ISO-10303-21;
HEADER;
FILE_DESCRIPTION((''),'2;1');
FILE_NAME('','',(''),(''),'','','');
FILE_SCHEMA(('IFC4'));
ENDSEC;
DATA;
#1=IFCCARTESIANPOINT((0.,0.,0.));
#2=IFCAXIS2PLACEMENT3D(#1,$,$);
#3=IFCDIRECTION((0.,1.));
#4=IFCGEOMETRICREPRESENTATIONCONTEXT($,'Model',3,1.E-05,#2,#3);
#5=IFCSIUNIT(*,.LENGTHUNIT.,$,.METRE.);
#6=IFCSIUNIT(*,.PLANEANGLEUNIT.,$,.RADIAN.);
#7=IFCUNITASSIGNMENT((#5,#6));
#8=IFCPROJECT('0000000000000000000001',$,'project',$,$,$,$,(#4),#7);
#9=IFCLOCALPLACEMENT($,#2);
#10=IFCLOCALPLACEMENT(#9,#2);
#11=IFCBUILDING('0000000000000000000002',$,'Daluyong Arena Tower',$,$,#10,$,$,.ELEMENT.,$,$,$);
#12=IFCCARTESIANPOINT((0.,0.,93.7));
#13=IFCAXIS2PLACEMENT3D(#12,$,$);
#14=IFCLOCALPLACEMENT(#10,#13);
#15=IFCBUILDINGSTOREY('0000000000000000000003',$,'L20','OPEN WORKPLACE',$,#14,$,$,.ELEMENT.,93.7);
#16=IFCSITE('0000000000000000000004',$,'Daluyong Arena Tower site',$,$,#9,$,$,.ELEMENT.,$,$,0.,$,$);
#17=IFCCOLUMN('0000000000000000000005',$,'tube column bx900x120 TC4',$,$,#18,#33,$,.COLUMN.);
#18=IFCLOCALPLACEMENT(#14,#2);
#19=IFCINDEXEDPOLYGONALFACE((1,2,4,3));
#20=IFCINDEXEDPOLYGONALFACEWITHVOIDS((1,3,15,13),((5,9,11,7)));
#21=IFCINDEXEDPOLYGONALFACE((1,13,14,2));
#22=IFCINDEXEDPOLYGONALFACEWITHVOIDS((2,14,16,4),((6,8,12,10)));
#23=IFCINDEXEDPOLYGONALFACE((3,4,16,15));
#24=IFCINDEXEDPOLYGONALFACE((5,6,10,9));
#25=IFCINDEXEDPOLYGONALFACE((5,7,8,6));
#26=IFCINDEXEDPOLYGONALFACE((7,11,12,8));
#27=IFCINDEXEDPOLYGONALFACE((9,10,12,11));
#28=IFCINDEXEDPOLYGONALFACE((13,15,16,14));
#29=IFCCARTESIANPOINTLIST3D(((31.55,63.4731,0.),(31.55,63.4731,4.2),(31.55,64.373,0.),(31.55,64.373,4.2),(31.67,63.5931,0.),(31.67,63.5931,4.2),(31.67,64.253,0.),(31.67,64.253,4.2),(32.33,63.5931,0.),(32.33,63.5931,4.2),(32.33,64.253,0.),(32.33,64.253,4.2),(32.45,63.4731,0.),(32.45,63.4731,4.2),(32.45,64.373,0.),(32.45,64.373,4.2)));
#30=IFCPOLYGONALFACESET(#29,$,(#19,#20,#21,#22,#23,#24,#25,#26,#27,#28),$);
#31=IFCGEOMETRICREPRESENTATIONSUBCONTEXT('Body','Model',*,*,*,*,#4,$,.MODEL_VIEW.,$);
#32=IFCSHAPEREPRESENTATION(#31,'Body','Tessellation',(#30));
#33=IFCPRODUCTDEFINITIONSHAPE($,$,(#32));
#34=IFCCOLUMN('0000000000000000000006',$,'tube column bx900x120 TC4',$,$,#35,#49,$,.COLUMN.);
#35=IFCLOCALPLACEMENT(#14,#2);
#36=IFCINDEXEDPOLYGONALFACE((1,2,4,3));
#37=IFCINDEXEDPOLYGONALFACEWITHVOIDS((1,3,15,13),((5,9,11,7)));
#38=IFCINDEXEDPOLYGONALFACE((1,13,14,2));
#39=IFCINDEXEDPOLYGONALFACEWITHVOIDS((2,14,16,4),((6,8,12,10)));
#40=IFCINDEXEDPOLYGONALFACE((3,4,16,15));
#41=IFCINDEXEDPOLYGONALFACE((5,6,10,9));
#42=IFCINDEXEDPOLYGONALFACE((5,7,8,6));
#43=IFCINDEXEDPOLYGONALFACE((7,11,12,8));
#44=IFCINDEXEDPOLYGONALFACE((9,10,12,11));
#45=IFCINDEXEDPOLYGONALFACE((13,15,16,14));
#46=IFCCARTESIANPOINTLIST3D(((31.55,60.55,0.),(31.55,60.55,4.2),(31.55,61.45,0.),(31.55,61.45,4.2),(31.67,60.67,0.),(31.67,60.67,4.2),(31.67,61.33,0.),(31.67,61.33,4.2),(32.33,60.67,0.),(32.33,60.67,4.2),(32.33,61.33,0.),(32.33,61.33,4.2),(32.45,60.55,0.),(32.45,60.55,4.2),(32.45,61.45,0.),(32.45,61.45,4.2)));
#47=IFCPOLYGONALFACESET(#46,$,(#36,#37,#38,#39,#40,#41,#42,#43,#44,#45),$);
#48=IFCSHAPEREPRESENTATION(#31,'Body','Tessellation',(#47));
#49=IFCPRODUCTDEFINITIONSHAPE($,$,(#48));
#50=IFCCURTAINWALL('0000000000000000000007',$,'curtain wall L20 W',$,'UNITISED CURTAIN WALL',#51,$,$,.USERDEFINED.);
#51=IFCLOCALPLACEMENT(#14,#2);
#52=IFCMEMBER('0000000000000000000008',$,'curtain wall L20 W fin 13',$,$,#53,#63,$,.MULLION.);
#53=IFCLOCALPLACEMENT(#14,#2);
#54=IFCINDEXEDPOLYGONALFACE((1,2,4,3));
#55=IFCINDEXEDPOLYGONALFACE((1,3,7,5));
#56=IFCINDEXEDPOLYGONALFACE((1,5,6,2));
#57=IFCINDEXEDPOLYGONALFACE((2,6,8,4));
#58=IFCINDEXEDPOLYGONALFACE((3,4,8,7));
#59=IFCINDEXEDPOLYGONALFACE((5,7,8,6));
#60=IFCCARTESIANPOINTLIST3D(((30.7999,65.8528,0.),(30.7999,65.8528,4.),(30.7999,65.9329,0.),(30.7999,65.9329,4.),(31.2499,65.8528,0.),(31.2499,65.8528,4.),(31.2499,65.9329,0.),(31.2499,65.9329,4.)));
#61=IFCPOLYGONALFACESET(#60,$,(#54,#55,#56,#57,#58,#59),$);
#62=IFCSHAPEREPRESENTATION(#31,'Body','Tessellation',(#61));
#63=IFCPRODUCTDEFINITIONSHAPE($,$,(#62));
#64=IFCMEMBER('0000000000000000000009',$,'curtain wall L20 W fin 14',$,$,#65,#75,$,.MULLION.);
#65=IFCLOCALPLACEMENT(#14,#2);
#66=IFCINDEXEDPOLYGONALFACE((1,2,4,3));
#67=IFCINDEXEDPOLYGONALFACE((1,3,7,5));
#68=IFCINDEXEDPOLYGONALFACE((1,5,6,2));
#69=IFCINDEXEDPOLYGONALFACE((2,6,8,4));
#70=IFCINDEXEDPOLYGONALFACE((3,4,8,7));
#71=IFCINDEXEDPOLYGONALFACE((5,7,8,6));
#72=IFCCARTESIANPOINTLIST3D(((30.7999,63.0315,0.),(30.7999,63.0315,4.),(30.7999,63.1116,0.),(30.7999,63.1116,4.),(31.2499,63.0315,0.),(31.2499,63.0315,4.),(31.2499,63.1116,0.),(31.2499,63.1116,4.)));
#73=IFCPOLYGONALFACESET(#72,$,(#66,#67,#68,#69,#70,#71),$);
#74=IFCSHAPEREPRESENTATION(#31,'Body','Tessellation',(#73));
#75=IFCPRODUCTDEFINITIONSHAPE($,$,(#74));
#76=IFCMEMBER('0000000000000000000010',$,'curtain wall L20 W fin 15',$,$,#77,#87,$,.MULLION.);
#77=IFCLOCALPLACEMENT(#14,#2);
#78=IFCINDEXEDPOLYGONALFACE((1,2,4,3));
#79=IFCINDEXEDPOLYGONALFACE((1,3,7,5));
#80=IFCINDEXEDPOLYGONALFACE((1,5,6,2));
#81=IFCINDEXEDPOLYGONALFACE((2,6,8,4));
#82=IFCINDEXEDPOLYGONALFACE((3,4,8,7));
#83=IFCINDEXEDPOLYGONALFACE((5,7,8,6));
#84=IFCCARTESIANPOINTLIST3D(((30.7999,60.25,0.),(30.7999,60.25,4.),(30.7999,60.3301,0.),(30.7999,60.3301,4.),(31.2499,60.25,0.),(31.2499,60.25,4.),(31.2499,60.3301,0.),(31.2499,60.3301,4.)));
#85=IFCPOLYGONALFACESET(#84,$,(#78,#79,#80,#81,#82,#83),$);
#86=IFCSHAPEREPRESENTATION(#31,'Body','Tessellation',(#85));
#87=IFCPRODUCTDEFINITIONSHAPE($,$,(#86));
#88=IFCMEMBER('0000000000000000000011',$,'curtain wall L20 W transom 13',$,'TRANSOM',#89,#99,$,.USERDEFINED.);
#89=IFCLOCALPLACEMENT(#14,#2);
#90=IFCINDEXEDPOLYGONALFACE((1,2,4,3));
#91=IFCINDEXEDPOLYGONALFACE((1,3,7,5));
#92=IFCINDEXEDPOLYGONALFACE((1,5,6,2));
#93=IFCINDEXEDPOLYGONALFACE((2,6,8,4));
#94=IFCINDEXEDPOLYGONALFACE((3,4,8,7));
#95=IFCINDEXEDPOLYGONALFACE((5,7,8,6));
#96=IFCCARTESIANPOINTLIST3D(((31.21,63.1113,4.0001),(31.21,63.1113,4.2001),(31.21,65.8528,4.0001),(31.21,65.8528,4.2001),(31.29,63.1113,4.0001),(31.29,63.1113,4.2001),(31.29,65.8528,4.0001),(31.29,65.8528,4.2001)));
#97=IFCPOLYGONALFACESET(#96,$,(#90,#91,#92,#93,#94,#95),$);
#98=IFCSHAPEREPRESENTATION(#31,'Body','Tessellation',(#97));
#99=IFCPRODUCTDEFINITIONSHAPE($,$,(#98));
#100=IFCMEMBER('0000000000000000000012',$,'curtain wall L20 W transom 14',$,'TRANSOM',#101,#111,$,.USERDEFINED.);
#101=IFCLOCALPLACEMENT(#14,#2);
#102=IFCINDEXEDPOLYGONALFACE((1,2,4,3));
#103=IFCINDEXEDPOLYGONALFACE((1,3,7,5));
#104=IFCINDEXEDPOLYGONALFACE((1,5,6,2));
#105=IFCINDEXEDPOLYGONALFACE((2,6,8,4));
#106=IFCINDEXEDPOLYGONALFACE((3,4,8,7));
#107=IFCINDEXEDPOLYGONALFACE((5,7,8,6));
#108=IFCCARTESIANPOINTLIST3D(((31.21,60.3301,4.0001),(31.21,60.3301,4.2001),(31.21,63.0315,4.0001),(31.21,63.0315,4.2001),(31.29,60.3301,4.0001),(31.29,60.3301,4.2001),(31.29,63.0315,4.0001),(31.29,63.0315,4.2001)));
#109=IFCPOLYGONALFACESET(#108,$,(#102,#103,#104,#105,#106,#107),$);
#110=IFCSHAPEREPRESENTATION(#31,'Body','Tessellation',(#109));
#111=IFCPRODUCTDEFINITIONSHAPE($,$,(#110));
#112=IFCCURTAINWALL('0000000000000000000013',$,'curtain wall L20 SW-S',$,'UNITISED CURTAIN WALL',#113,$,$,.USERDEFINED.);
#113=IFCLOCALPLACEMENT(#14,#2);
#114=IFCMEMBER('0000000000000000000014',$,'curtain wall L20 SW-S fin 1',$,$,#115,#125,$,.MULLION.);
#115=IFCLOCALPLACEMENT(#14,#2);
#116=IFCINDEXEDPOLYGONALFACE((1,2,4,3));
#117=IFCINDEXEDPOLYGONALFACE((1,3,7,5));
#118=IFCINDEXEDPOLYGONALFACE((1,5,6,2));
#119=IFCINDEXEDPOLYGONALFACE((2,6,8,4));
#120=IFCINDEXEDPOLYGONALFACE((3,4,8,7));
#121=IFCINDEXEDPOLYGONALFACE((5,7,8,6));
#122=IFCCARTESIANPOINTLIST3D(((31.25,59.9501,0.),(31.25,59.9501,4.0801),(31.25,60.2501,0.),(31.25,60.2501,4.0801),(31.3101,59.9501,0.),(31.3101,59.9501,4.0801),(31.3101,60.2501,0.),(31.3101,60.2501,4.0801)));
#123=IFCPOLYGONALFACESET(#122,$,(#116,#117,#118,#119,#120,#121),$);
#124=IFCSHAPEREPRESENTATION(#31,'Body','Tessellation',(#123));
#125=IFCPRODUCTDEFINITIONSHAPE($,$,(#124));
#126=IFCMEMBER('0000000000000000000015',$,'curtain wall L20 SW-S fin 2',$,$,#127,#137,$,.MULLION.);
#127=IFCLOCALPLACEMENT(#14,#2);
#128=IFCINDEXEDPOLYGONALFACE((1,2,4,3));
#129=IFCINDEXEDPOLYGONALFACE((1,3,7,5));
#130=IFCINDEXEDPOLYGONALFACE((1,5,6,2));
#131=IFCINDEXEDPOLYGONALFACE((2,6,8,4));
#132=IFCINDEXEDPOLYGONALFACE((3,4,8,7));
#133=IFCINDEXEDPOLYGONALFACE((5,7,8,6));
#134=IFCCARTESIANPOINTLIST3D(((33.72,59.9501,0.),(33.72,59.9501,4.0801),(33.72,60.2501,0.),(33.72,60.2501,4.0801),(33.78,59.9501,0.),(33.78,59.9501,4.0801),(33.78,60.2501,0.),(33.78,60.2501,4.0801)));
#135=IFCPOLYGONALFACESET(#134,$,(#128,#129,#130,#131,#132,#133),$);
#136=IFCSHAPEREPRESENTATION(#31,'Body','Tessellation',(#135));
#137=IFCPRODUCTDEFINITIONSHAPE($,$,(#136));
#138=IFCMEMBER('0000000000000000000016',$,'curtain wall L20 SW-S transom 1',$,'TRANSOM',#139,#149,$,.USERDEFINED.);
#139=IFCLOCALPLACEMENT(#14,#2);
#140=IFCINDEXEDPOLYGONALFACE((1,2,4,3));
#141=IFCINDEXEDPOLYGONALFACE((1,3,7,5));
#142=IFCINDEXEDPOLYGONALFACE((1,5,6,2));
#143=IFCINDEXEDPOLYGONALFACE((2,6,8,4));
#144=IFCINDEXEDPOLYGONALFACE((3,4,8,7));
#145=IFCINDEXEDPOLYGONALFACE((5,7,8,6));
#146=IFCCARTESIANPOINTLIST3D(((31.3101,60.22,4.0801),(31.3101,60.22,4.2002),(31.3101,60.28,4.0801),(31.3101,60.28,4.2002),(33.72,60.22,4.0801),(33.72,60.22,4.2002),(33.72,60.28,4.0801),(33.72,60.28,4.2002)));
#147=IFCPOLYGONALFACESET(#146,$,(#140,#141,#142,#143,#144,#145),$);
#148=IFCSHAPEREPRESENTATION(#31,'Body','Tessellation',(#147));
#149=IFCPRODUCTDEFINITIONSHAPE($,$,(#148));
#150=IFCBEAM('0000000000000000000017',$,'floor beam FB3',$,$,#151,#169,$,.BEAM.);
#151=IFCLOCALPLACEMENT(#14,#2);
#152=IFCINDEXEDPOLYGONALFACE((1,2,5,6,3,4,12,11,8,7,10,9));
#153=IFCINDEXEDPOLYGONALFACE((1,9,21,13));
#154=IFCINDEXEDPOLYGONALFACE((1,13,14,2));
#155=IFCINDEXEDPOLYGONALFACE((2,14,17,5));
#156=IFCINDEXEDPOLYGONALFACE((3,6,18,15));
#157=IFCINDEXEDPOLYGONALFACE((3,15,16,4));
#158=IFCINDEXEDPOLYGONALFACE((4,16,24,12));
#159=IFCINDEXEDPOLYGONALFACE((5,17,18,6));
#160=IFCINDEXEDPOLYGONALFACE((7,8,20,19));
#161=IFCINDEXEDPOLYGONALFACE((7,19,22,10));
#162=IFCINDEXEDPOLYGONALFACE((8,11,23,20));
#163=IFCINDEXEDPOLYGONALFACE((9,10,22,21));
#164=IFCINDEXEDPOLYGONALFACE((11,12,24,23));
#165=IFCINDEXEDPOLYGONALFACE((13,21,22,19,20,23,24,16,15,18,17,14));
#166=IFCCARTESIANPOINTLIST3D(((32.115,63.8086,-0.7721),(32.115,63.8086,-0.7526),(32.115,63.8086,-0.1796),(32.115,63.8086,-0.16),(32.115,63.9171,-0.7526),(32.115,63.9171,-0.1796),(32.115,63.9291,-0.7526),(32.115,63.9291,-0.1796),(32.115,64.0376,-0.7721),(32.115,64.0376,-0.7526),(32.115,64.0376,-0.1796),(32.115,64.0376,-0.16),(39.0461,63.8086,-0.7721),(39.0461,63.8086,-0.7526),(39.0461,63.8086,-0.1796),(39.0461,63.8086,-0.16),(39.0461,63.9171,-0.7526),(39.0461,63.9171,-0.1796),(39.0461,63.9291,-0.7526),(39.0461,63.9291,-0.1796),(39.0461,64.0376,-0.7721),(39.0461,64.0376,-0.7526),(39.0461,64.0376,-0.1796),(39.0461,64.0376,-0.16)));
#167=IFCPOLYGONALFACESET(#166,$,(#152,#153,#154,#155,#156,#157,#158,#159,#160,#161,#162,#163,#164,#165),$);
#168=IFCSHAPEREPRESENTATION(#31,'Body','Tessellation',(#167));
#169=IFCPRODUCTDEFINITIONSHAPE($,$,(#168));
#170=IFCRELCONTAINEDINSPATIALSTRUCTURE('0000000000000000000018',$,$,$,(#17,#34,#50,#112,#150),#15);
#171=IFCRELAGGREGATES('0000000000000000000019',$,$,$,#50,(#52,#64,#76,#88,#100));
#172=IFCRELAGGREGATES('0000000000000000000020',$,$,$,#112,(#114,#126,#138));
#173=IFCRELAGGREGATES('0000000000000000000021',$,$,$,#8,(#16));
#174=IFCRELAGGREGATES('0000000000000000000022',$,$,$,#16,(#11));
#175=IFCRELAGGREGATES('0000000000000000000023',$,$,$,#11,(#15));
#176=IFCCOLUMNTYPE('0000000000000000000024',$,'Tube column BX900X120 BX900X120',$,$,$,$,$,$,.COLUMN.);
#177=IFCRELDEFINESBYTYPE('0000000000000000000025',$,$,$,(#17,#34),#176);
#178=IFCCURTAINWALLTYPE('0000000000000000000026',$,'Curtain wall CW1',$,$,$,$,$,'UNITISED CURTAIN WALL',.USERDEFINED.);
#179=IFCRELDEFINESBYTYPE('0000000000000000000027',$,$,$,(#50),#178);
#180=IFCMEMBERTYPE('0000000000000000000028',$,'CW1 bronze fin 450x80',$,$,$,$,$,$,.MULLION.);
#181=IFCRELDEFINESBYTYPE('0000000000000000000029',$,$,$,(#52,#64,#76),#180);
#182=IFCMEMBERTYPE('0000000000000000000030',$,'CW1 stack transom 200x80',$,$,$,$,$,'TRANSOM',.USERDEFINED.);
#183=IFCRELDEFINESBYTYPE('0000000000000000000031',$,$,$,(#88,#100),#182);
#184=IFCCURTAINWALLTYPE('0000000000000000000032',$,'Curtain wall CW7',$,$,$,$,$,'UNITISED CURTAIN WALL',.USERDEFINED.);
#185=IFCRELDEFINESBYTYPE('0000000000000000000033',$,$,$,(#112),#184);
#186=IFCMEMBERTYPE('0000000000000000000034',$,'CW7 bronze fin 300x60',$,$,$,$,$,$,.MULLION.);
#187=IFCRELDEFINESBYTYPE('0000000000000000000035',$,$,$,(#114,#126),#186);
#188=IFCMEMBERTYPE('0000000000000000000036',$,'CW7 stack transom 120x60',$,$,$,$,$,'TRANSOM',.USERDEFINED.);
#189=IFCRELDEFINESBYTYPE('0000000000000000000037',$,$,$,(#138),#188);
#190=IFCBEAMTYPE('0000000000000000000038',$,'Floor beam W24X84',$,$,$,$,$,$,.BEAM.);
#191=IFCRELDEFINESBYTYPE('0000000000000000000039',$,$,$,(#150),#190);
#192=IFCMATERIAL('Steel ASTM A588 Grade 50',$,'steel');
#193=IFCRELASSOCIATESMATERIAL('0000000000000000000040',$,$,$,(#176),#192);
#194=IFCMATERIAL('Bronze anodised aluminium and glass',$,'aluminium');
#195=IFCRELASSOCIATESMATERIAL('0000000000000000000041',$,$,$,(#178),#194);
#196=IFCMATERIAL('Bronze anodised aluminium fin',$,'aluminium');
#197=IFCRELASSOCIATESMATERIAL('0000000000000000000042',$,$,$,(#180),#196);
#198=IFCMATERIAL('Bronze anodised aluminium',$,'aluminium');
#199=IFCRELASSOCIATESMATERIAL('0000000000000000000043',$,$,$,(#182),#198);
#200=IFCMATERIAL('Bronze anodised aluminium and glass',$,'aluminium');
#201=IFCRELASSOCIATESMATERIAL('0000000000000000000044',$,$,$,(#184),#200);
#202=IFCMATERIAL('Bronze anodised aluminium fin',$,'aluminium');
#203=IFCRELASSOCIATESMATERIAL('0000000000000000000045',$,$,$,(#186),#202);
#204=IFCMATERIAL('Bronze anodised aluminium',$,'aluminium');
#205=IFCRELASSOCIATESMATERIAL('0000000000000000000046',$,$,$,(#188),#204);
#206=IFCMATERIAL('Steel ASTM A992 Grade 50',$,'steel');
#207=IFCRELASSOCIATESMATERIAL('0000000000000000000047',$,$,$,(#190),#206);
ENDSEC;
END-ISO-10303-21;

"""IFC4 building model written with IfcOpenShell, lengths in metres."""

from ifc_helpers import new_model, si_unit, direction, frame, origin, origin_2d, place, context, subcontext, project, spatial, rectangle, hollow_rectangle, i_section, extrude, material, material_profile, profile_set, type_object, element, aggregate, save


model = new_model("IFC4")

# Units and contexts
model_context = context("Model", 3, precision=1e-05, world=origin(), true_north=direction((0.0, 1.0)))
body_context = subcontext(model_context, "Body", "Model", "MODEL_VIEW")
ifc_project = project(units=[si_unit("LENGTHUNIT", "METRE"), si_unit("PLANEANGLEUNIT", "RADIAN")], contexts=[model_context])

# Site, building, storey
site_placement = place(None, origin())
site = spatial("IfcSite", under=ifc_project, at=site_placement, Name="Daluyong Arena Tower site", CompositionType="ELEMENT", RefElevation=0.0)
building_placement = place(site_placement, origin())
building = spatial("IfcBuilding", under=site, at=building_placement, Name="Daluyong Arena Tower", CompositionType="ELEMENT")
storey_placement = place(building_placement, frame((0.0, 0.0, 93.7)))
storey = spatial("IfcBuildingStorey", under=building, at=storey_placement, Name="L20", Description="OPEN WORKPLACE", CompositionType="ELEMENT", Elevation=93.7)

# Columns
ifc_material_1 = material(Name="Steel ASTM A588 Grade 50", Category="steel")
ifc_material_profile_1 = material_profile(ifc_material_1, hollow_rectangle(XDim=0.8999, YDim=0.8999, WallThickness=0.12, at=origin_2d()))
ifc_profile_set_1 = profile_set([ifc_material_profile_1], Name="Steel ASTM A588 Grade 50")
column_type = type_object("IfcColumnType", Name="Tube column BX900X120 BX900X120", PredefinedType="COLUMN", material=ifc_profile_set_1)
for number, where, z_axis, x_axis, name in (
    (1, (32.0, 63.9231, 0.0), (0.0, 0.0, 1.0), (0.0, 1.0, 0.0), "tube column bx900x120 TC4"),
    (2, (32.0, 61.0, 0.0), (0.0, 0.0, 1.0), (1.0, 0.0, 0.0), "tube column bx900x120 TC4"),
):
    element("IfcColumn", number, at=place(storey_placement, frame(where, z_axis=z_axis, x_axis=x_axis)), inside=storey, type_object=column_type, Name=name, PredefinedType="COLUMN", context=body_context, shape_type="SweptSolid", body=[
        extrude(hollow_rectangle(XDim=0.8999, YDim=0.8999, WallThickness=0.12, at=origin_2d()), origin(), (0.0, 0.0, 1.0), 4.2),
    ])

# Curtain walls, members
ifc_material_2 = material(Name="Bronze anodised aluminium and glass", Category="aluminium")
curtain_wall_type_1 = type_object("IfcCurtainWallType", Name="Curtain wall CW1", ElementType="UNITISED CURTAIN WALL", PredefinedType="USERDEFINED", material=ifc_material_2)
curtain_wall_1_placement = place(storey_placement, origin())
curtain_wall_1 = element("IfcCurtainWall", 3, at=curtain_wall_1_placement, inside=storey, type_object=curtain_wall_type_1, Name="curtain wall L20 W", ObjectType="UNITISED CURTAIN WALL", PredefinedType="USERDEFINED")
ifc_material_3 = material(Name="Bronze anodised aluminium fin", Category="aluminium")
ifc_material_profile_2 = material_profile(ifc_material_3, rectangle(XDim=0.45, YDim=0.0801, at=origin_2d()))
ifc_profile_set_2 = profile_set([ifc_material_profile_2], Name="Bronze anodised aluminium fin")
member_type_1 = type_object("IfcMemberType", Name="CW1 bronze fin 450x80", PredefinedType="MULLION", material=ifc_profile_set_2)
member_1_placement = place(storey_placement, frame((31.0249, 65.8928, 0.0), z_axis=(0.0, 0.0, 1.0), x_axis=(1.0, 0.0, 0.0)))
member_1 = element("IfcMember", 4, at=member_1_placement, type_object=member_type_1, Name="curtain wall L20 W fin 13", PredefinedType="MULLION", context=body_context, shape_type="SweptSolid", body=[
    extrude(rectangle(XDim=0.45, YDim=0.0801, at=origin_2d()), origin(), (0.0, 0.0, 1.0), 4.0),
])
member_2_placement = place(storey_placement, frame((31.0249, 63.0715, 0.0), z_axis=(0.0, 0.0, 1.0), x_axis=(1.0, 0.0, 0.0)))
member_2 = element("IfcMember", 5, at=member_2_placement, type_object=member_type_1, Name="curtain wall L20 W fin 14", PredefinedType="MULLION", context=body_context, shape_type="SweptSolid", body=[
    extrude(rectangle(XDim=0.45, YDim=0.0801, at=origin_2d()), origin(), (0.0, 0.0, 1.0), 4.0),
])
member_3_placement = place(storey_placement, frame((31.0249, 60.29, 0.0), z_axis=(0.0, 0.0, 1.0), x_axis=(1.0, 0.0, 0.0)))
member_3 = element("IfcMember", 6, at=member_3_placement, type_object=member_type_1, Name="curtain wall L20 W fin 15", PredefinedType="MULLION", context=body_context, shape_type="SweptSolid", body=[
    extrude(rectangle(XDim=0.45, YDim=0.0801, at=origin_2d()), origin(), (0.0, 0.0, 1.0), 4.0),
])
ifc_material_4 = material(Name="Bronze anodised aluminium", Category="aluminium")
ifc_material_profile_3 = material_profile(ifc_material_4, rectangle(XDim=0.0801, YDim=0.2, at=origin_2d()))
ifc_profile_set_3 = profile_set([ifc_material_profile_3], Name="Bronze anodised aluminium")
member_type_2 = type_object("IfcMemberType", Name="CW1 stack transom 200x80", ElementType="TRANSOM", PredefinedType="USERDEFINED", material=ifc_profile_set_3)
member_4_placement = place(storey_placement, frame((31.25, 65.8528, 4.1001), z_axis=(0.0, -1.0, 0.0), x_axis=(1.0, 0.0, 0.0)))
member_4 = element("IfcMember", 7, at=member_4_placement, type_object=member_type_2, Name="curtain wall L20 W transom 13", ObjectType="TRANSOM", PredefinedType="USERDEFINED", context=body_context, shape_type="SweptSolid", body=[
    extrude(rectangle(XDim=0.0801, YDim=0.2, at=origin_2d()), origin(), (0.0, 0.0, 1.0), 2.7415),
])
member_5_placement = place(storey_placement, frame((31.25, 63.0315, 4.1001), z_axis=(0.0, -1.0, 0.0), x_axis=(1.0, 0.0, 0.0)))
member_5 = element("IfcMember", 8, at=member_5_placement, type_object=member_type_2, Name="curtain wall L20 W transom 14", ObjectType="TRANSOM", PredefinedType="USERDEFINED", context=body_context, shape_type="SweptSolid", body=[
    extrude(rectangle(XDim=0.0801, YDim=0.2, at=origin_2d()), origin(), (0.0, 0.0, 1.0), 2.7014),
])
ifc_material_5 = material(Name="Bronze anodised aluminium and glass", Category="aluminium")
curtain_wall_type_2 = type_object("IfcCurtainWallType", Name="Curtain wall CW7", ElementType="UNITISED CURTAIN WALL", PredefinedType="USERDEFINED", material=ifc_material_5)
curtain_wall_2_placement = place(storey_placement, origin())
curtain_wall_2 = element("IfcCurtainWall", 9, at=curtain_wall_2_placement, inside=storey, type_object=curtain_wall_type_2, Name="curtain wall L20 SW-S", ObjectType="UNITISED CURTAIN WALL", PredefinedType="USERDEFINED")
ifc_material_6 = material(Name="Bronze anodised aluminium fin", Category="aluminium")
ifc_material_profile_4 = material_profile(ifc_material_6, rectangle(XDim=0.3, YDim=0.0601, at=origin_2d()))
ifc_profile_set_4 = profile_set([ifc_material_profile_4], Name="Bronze anodised aluminium fin")
member_type_3 = type_object("IfcMemberType", Name="CW7 bronze fin 300x60", PredefinedType="MULLION", material=ifc_profile_set_4)
member_6_placement = place(storey_placement, frame((31.28, 60.1001, 0.0), z_axis=(0.0, 0.0, 1.0), x_axis=(0.0, 1.0, 0.0)))
member_6 = element("IfcMember", 10, at=member_6_placement, type_object=member_type_3, Name="curtain wall L20 SW-S fin 1", PredefinedType="MULLION", context=body_context, shape_type="SweptSolid", body=[
    extrude(rectangle(XDim=0.3, YDim=0.0601, at=origin_2d()), origin(), (0.0, 0.0, 1.0), 4.0801),
])
member_7_placement = place(storey_placement, frame((33.75, 60.1001, 0.0), z_axis=(0.0, 0.0, 1.0), x_axis=(0.0, 1.0, 0.0)))
member_7 = element("IfcMember", 11, at=member_7_placement, type_object=member_type_3, Name="curtain wall L20 SW-S fin 2", PredefinedType="MULLION", context=body_context, shape_type="SweptSolid", body=[
    extrude(rectangle(XDim=0.3, YDim=0.0601, at=origin_2d()), origin(), (0.0, 0.0, 1.0), 4.0801),
])
ifc_material_7 = material(Name="Bronze anodised aluminium", Category="aluminium")
ifc_material_profile_5 = material_profile(ifc_material_7, rectangle(XDim=0.0601, YDim=0.1201, at=origin_2d()))
ifc_profile_set_5 = profile_set([ifc_material_profile_5], Name="Bronze anodised aluminium")
member_type_4 = type_object("IfcMemberType", Name="CW7 stack transom 120x60", ElementType="TRANSOM", PredefinedType="USERDEFINED", material=ifc_profile_set_5)
member_8_placement = place(storey_placement, frame((31.3101, 60.25, 4.1401), z_axis=(1.0, 0.0, 0.0), x_axis=(0.0, 1.0, 0.0)))
member_8 = element("IfcMember", 12, at=member_8_placement, type_object=member_type_4, Name="curtain wall L20 SW-S transom 1", ObjectType="TRANSOM", PredefinedType="USERDEFINED", context=body_context, shape_type="SweptSolid", body=[
    extrude(rectangle(XDim=0.0601, YDim=0.1201, at=origin_2d()), origin(), (0.0, 0.0, 1.0), 2.4099),
])

# Beam
ifc_material_8 = material(Name="Steel ASTM A992 Grade 50", Category="steel")
ifc_material_profile_6 = material_profile(ifc_material_8, i_section(OverallWidth=0.229, OverallDepth=0.6121, WebThickness=0.012, FlangeThickness=0.0195, at=origin_2d()))
ifc_profile_set_6 = profile_set([ifc_material_profile_6], Name="Steel ASTM A992 Grade 50")
beam_type_1 = type_object("IfcBeamType", Name="Floor beam W24X84", PredefinedType="BEAM", material=ifc_profile_set_6)
beam_1_placement = place(storey_placement, frame((32.115, 63.9231, -0.4661), z_axis=(1.0, 0.0, 0.0), x_axis=(0.0, 1.0, 0.0)))
element("IfcBeam", 13, at=beam_1_placement, inside=storey, type_object=beam_type_1, Name="floor beam FB3", PredefinedType="BEAM", context=body_context, shape_type="SweptSolid", body=[
    extrude(i_section(OverallWidth=0.229, OverallDepth=0.6121, WebThickness=0.012, FlangeThickness=0.0195, at=origin_2d()), origin(), (0.0, 0.0, 1.0), 6.9312),
])

aggregate(curtain_wall_1, [member_1, member_2, member_3, member_4, member_5])
aggregate(curtain_wall_2, [member_6, member_7, member_8])

save(model, "model.ifc")
